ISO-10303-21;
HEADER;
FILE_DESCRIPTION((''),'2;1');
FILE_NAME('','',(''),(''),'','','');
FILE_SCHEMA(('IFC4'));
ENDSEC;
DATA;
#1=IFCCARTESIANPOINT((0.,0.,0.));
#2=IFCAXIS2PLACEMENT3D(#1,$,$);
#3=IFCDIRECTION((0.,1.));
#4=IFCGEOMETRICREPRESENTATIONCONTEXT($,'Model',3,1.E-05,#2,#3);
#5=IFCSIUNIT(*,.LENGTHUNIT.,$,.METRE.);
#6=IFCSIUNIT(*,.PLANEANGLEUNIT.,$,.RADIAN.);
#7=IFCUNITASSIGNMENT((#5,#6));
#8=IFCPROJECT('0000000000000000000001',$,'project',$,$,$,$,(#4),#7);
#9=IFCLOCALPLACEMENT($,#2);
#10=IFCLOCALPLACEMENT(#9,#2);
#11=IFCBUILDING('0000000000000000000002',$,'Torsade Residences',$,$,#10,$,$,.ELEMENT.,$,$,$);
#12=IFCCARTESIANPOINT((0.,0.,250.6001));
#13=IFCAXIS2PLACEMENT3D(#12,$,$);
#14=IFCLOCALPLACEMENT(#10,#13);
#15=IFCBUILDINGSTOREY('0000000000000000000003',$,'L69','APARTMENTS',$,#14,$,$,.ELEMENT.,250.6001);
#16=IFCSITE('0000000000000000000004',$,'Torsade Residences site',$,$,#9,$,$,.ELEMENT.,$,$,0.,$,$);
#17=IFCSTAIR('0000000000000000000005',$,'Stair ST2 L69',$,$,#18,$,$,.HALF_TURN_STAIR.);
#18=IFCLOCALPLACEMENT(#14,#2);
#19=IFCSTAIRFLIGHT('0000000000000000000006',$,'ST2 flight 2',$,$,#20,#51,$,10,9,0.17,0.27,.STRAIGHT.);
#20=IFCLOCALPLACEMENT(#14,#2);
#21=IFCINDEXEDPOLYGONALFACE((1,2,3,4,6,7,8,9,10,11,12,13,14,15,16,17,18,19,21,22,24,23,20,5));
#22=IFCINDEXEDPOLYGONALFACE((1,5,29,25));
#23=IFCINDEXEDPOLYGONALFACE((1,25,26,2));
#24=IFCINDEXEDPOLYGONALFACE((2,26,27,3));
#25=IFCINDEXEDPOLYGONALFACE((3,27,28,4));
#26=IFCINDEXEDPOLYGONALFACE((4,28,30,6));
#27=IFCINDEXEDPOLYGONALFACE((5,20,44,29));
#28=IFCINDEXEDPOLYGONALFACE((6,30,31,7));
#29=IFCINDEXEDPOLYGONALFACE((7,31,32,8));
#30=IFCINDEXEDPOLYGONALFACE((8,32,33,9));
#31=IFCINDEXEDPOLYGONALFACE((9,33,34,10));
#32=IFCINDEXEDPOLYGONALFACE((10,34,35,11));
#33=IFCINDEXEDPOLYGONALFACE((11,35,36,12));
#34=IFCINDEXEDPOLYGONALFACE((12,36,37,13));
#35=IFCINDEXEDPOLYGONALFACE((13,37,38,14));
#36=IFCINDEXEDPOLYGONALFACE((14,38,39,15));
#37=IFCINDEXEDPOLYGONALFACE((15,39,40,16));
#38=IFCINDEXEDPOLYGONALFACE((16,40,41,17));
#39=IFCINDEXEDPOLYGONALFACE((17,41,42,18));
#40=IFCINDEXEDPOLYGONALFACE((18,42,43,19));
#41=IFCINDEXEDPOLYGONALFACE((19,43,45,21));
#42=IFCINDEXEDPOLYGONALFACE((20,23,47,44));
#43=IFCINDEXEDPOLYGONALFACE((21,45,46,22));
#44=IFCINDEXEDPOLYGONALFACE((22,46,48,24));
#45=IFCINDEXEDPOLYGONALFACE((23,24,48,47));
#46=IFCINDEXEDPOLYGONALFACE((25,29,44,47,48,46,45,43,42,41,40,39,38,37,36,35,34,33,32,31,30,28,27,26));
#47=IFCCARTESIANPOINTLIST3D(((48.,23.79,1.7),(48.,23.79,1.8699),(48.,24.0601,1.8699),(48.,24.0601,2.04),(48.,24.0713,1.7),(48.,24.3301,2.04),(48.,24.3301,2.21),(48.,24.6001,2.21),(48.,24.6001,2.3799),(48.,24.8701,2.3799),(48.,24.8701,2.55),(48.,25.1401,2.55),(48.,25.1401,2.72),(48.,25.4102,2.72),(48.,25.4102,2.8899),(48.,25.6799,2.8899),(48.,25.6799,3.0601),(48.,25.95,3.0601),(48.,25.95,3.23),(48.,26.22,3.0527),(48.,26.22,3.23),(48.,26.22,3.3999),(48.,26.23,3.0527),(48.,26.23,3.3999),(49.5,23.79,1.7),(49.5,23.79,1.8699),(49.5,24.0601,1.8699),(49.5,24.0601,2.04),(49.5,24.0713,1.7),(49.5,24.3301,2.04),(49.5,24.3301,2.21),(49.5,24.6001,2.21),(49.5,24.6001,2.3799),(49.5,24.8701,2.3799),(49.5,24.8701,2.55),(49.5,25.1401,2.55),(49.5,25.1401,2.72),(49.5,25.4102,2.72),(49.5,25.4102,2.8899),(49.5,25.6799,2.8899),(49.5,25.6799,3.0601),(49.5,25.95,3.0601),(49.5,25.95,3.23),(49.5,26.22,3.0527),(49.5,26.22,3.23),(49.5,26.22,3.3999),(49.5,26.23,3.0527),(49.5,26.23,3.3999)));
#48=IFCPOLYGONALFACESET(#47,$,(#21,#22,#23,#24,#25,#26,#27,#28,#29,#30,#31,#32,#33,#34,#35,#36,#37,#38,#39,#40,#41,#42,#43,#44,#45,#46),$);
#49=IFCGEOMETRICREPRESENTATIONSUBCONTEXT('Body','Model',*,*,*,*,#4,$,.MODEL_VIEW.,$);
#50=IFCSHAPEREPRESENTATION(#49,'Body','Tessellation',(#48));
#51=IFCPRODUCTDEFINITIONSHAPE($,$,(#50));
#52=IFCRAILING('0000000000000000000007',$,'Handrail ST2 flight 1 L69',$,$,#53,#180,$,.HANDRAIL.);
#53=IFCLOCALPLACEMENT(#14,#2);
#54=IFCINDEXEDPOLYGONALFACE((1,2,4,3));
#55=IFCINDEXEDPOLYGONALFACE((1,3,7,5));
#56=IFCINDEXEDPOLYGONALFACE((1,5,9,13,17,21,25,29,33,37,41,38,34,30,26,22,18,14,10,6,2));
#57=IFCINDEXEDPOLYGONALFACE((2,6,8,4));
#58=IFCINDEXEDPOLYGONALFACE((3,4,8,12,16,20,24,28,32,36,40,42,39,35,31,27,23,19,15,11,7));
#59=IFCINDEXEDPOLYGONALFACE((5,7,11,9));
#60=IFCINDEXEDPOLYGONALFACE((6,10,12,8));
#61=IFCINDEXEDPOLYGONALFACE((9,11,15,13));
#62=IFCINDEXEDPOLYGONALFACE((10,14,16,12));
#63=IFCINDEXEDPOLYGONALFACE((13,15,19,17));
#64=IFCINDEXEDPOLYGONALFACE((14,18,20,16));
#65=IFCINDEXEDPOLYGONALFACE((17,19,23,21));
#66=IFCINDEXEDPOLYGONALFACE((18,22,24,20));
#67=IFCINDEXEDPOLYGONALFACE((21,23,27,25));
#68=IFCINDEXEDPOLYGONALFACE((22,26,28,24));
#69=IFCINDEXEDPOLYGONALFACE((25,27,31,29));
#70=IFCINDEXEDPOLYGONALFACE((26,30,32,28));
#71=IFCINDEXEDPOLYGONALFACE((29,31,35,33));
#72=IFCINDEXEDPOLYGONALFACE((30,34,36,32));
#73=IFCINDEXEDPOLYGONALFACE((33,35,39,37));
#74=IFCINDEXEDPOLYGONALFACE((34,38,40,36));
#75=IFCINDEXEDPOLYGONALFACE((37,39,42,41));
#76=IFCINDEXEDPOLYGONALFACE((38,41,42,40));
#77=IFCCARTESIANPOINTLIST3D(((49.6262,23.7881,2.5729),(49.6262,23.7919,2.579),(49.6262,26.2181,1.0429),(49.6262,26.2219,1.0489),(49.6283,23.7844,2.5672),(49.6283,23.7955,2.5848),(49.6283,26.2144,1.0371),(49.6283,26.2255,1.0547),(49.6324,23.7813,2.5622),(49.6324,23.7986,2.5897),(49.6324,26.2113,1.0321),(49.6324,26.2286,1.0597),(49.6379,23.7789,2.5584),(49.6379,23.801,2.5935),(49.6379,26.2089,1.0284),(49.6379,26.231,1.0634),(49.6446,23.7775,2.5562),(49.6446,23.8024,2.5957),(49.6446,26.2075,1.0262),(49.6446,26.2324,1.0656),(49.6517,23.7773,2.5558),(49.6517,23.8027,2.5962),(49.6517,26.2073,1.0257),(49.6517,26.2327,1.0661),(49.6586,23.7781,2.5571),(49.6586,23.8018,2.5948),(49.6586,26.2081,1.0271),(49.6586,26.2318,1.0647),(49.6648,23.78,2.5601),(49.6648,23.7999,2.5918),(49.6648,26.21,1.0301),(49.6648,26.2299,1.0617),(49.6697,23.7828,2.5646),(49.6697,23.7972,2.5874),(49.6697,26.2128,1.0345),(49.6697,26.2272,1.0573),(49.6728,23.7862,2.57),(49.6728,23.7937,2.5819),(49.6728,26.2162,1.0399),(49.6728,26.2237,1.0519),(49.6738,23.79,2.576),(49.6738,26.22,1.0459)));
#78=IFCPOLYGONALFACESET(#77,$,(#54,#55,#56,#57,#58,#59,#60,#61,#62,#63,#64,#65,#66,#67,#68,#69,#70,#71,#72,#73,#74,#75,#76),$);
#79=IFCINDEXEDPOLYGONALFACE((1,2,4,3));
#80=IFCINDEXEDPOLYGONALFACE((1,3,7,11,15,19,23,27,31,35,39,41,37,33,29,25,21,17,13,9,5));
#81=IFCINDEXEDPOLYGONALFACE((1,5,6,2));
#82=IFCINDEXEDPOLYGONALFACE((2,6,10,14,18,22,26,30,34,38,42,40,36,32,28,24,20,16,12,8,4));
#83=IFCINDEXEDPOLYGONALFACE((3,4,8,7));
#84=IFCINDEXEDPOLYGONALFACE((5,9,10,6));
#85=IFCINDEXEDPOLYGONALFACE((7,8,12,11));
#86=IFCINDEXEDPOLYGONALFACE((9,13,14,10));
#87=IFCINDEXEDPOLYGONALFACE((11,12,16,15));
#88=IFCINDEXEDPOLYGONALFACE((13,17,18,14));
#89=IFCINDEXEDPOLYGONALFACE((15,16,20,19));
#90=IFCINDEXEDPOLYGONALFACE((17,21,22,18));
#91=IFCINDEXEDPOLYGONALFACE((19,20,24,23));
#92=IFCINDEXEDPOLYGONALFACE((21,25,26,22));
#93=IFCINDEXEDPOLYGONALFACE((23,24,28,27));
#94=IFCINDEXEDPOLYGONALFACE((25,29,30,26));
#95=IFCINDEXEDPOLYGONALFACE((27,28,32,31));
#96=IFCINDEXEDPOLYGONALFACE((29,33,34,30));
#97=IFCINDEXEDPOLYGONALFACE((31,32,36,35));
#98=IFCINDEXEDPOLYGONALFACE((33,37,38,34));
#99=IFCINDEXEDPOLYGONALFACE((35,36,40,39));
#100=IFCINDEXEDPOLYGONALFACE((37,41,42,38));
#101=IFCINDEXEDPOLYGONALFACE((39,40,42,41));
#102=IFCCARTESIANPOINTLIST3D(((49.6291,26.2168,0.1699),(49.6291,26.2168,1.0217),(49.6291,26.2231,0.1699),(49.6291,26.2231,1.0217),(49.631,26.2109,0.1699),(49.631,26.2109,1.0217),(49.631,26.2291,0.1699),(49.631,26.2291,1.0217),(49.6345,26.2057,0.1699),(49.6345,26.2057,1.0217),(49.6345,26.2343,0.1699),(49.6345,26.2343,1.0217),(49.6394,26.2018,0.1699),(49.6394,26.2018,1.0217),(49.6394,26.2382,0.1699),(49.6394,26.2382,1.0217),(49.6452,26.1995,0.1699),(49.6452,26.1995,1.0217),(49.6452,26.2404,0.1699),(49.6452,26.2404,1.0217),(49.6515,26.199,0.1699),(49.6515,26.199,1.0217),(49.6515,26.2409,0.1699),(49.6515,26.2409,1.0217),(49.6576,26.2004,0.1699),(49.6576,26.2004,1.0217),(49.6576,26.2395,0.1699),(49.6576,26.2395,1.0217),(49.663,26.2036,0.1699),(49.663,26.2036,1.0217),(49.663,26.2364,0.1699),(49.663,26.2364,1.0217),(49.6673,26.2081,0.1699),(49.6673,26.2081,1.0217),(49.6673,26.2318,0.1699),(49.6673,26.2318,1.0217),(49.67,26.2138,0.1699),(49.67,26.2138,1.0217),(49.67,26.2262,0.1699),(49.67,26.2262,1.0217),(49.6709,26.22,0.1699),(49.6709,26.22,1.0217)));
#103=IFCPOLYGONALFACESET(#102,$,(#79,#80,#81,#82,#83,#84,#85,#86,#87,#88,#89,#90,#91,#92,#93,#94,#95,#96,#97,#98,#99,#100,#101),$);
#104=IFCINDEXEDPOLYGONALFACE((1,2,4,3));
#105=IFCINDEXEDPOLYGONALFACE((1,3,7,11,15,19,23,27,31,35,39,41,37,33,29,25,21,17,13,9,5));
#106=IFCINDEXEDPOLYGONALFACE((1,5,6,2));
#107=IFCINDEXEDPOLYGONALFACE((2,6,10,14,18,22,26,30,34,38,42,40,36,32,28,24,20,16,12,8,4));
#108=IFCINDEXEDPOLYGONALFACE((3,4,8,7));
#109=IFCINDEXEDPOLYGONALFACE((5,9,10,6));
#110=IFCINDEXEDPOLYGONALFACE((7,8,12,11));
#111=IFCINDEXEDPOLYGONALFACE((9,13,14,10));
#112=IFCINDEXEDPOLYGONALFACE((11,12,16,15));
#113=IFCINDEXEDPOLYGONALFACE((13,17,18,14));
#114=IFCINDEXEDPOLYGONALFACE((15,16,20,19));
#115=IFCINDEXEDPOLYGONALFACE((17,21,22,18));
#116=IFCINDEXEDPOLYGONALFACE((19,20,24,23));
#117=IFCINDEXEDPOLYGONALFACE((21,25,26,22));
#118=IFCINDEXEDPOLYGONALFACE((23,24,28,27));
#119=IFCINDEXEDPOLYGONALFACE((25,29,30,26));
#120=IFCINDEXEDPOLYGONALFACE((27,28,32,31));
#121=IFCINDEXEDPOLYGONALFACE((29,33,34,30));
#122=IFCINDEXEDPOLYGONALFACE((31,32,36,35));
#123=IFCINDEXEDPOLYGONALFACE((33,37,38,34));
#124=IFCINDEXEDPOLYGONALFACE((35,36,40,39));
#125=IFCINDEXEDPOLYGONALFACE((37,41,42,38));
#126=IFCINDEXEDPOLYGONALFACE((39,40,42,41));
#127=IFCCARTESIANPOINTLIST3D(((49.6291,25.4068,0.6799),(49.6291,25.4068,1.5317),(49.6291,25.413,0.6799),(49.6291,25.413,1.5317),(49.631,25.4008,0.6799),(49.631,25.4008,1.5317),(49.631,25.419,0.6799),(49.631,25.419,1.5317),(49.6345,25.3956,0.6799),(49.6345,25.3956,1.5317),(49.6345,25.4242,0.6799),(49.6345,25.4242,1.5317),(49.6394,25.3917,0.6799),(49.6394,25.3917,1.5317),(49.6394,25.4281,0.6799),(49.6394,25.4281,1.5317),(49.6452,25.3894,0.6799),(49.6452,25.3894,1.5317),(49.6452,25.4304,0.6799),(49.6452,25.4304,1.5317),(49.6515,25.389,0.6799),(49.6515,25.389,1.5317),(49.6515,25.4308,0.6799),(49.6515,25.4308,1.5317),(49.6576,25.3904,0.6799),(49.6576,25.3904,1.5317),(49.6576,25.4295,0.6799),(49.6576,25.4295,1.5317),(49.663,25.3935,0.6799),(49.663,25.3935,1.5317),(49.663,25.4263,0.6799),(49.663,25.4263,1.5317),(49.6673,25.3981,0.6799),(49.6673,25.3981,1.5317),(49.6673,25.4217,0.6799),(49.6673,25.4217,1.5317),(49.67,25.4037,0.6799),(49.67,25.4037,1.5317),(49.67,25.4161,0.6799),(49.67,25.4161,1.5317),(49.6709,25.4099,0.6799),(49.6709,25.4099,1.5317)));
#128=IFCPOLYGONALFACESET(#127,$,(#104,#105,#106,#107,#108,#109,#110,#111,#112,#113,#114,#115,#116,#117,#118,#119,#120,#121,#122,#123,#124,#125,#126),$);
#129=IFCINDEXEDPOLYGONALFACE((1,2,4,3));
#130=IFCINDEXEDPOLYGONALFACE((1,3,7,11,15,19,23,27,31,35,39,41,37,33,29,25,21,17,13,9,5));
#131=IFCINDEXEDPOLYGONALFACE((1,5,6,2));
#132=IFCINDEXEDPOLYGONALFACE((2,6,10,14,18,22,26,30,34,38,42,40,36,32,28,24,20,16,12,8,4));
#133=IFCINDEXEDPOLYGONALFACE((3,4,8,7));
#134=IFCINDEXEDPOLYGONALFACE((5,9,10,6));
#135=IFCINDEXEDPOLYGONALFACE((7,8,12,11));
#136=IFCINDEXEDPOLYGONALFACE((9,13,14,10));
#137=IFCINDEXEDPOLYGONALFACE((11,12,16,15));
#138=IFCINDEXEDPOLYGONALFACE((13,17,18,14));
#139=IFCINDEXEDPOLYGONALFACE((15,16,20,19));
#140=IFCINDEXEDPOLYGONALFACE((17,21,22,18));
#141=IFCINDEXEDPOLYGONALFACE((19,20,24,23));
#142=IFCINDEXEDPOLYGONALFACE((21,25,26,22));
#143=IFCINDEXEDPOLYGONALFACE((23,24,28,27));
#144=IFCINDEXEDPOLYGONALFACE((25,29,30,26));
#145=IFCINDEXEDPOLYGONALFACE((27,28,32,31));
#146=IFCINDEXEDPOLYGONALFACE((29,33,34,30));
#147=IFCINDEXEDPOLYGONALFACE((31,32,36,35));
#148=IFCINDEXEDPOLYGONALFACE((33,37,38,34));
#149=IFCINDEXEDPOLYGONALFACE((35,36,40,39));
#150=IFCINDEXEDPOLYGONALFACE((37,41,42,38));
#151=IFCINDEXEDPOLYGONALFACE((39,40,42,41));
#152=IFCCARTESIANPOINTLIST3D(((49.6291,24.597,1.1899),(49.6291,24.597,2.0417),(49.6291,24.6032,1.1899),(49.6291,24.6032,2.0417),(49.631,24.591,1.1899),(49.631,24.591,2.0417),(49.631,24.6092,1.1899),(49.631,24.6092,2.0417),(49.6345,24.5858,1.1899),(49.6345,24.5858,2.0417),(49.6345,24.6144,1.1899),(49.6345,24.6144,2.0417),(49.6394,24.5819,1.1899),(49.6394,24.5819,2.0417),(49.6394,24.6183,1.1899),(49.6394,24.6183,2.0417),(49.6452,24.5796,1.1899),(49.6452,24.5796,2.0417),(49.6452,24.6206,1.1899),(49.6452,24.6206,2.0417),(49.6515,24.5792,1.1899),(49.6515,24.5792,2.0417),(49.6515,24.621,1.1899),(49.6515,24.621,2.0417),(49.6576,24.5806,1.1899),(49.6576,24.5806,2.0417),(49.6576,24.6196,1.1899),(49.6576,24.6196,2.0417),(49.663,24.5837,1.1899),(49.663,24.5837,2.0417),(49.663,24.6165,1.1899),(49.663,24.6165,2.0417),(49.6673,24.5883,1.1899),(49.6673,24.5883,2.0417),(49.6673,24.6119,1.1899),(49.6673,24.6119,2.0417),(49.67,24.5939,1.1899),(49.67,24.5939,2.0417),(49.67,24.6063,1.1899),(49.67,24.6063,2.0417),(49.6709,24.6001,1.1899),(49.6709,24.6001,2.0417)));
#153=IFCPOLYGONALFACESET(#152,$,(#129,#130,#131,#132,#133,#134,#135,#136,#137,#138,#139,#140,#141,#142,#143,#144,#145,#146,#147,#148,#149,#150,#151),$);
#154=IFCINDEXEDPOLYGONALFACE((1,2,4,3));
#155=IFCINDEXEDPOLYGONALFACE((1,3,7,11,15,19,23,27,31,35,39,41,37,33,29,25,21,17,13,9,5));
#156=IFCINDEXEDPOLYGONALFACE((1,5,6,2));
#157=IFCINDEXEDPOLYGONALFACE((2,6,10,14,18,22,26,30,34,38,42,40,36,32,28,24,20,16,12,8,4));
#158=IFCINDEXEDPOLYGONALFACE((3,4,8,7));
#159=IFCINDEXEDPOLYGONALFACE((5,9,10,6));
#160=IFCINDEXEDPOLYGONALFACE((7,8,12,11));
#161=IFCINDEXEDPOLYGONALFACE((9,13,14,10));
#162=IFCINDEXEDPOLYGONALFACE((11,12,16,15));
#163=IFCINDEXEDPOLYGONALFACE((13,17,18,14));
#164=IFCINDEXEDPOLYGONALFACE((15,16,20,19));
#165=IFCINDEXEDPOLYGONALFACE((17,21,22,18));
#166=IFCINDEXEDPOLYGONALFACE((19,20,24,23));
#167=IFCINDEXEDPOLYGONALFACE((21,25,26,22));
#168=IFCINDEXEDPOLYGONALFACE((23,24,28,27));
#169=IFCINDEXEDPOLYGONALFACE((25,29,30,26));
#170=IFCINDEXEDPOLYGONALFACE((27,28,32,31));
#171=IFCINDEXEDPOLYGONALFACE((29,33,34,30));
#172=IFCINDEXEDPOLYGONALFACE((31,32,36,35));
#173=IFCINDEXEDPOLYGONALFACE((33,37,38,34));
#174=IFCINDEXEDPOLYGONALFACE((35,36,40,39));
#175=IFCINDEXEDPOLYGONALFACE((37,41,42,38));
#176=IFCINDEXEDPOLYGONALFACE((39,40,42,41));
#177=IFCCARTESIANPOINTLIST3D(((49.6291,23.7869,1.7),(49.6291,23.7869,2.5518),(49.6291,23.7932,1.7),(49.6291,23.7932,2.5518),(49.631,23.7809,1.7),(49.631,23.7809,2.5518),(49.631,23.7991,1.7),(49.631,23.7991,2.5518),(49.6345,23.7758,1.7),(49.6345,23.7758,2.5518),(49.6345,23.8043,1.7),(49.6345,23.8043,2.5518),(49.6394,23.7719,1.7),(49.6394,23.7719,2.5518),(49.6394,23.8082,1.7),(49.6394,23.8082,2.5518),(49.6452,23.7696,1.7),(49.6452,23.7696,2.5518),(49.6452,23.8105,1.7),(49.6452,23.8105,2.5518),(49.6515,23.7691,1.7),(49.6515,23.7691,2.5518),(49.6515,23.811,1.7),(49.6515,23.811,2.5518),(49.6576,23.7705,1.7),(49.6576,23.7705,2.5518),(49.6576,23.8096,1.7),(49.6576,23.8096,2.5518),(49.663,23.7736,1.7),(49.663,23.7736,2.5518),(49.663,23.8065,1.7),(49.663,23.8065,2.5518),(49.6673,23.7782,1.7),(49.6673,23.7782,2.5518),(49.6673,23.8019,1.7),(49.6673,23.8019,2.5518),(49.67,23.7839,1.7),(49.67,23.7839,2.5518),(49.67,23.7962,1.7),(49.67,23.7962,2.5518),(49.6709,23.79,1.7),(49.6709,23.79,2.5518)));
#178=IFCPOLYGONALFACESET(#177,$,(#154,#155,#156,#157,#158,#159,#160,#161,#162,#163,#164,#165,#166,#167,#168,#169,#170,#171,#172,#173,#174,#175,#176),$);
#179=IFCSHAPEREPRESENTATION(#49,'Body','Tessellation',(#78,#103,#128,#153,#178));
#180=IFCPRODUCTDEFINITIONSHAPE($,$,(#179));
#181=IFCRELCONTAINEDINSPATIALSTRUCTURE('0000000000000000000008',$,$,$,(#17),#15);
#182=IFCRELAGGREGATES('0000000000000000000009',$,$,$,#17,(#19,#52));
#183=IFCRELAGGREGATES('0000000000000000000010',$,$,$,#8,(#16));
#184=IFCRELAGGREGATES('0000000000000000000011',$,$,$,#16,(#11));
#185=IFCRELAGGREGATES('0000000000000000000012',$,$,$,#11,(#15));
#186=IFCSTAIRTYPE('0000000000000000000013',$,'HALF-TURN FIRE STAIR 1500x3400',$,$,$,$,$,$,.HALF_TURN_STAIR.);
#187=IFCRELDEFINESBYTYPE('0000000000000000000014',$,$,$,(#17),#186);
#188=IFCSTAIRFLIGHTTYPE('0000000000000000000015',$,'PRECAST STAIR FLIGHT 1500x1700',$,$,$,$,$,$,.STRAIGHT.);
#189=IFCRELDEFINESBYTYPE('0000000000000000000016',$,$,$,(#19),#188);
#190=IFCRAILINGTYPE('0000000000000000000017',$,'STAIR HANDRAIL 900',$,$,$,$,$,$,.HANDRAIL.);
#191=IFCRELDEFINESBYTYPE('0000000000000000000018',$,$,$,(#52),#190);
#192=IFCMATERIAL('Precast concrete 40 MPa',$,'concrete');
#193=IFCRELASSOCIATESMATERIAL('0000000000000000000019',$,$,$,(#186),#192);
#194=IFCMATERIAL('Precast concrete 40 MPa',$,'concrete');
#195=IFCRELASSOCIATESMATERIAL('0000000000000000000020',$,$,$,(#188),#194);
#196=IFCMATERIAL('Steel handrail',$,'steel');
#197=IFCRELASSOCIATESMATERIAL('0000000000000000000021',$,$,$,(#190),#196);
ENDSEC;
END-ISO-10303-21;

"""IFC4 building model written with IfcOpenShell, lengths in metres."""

from ifc_helpers import new_model, si_unit, direction, frame, origin, origin_2d, place, context, subcontext, project, spatial, polyline, circle, outline, extrude, material, type_object, element, aggregate, save


model = new_model("IFC4")

# Units and contexts
model_context = context("Model", 3, precision=1e-05, world=origin(), true_north=direction((0.0, 1.0)))
body_context = subcontext(model_context, "Body", "Model", "MODEL_VIEW")
ifc_project = project(units=[si_unit("LENGTHUNIT", "METRE"), si_unit("PLANEANGLEUNIT", "RADIAN")], contexts=[model_context])

# Site, building, storey
site_placement = place(None, origin())
site = spatial("IfcSite", under=ifc_project, at=site_placement, Name="Torsade Residences site", CompositionType="ELEMENT", RefElevation=0.0)
building_placement = place(site_placement, origin())
building = spatial("IfcBuilding", under=site, at=building_placement, Name="Torsade Residences", CompositionType="ELEMENT")
storey_placement = place(building_placement, frame((0.0, 0.0, 250.6001)))
storey = spatial("IfcBuildingStorey", under=building, at=storey_placement, Name="L69", Description="APARTMENTS", CompositionType="ELEMENT", Elevation=250.6001)

# Stair, stair flight, railing
ifc_material_1 = material(Name="Precast concrete 40 MPa", Category="concrete")
stair_type = type_object("IfcStairType", Name="HALF-TURN FIRE STAIR 1500x3400", PredefinedType="HALF_TURN_STAIR", material=ifc_material_1)
stair_placement = place(storey_placement, origin())
stair = element("IfcStair", 1, at=stair_placement, inside=storey, type_object=stair_type, Name="Stair ST2 L69", PredefinedType="HALF_TURN_STAIR")
ifc_material_2 = material(Name="Precast concrete 40 MPa", Category="concrete")
stair_flight_type = type_object("IfcStairFlightType", Name="PRECAST STAIR FLIGHT 1500x1700", PredefinedType="STRAIGHT", material=ifc_material_2)
stair_flight_1_placement = place(storey_placement, frame((48.75, 23.79, 1.7), z_axis=(0.0, 0.0, 1.0), x_axis=(0.0, 1.0, 0.0)))
stair_flight_1 = element("IfcStairFlight", 2, at=stair_flight_1_placement, type_object=stair_flight_type, Name="ST2 flight 2", NumberOfRisers=10, NumberOfTreads=9, PredefinedType="STRAIGHT", RiserHeight=0.17, TreadLength=0.27, context=body_context, shape_type="SweptSolid", body=[
    extrude(outline(polyline([(0.0, 0.0), (0.0, 0.1699), (0.27, 0.1699), (0.27, 0.3401), (0.54, 0.3401), (0.54, 0.51), (0.8101, 0.51), (0.8101, 0.6799), (1.0801, 0.6799), (1.0801, 0.8501), (1.3501, 0.8501), (1.3501, 1.02), (1.6201, 1.02), (1.6201, 1.1899), (1.8899, 1.1899), (1.8899, 1.3601), (2.1599, 1.3601), (2.1599, 1.53), (2.4299, 1.53), (2.4299, 1.7), (2.4399, 1.7), (2.4399, 1.3528), (2.4299, 1.3528), (0.2812, 0.0), (0.0, 0.0)])), frame((0.0, 0.75, 0.0), z_axis=(0.0, -1.0, 0.0), x_axis=(1.0, 0.0, 0.0)), (0.0, 0.0, 1.0), 1.5),
])
ifc_material_3 = material(Name="Steel handrail", Category="steel")
railing_type = type_object("IfcRailingType", Name="STAIR HANDRAIL 900", PredefinedType="HANDRAIL", material=ifc_material_3)
railing_1_placement = place(storey_placement, frame((49.6499, 26.22, 0.1699)))
railing_1 = element("IfcRailing", 3, at=railing_1_placement, type_object=railing_type, Name="Handrail ST2 flight 1 L69", PredefinedType="HANDRAIL", context=body_context, shape_type="SweptSolid", body=[
    extrude(circle(Radius=0.0239, at=origin_2d()), frame((0.0, 0.0, 0.876), z_axis=(0.0, -0.846221, 0.532831), x_axis=(1.0, 0.0, 0.0)), (0.0, 0.0, 1.0), 2.8716),
    extrude(circle(Radius=0.021, at=origin_2d()), origin(), (0.0, 0.0, 1.0), 0.8518),
    extrude(circle(Radius=0.021, at=origin_2d()), frame((0.0, -0.8101, 0.51)), (0.0, 0.0, 1.0), 0.8518),
    extrude(circle(Radius=0.021, at=origin_2d()), frame((0.0, -1.6199, 1.02)), (0.0, 0.0, 1.0), 0.8518),
    extrude(circle(Radius=0.021, at=origin_2d()), frame((0.0, -2.4299, 1.53)), (0.0, 0.0, 1.0), 0.8518),
])
aggregate(stair, [stair_flight_1, railing_1])

save(model, "model.ifc")
